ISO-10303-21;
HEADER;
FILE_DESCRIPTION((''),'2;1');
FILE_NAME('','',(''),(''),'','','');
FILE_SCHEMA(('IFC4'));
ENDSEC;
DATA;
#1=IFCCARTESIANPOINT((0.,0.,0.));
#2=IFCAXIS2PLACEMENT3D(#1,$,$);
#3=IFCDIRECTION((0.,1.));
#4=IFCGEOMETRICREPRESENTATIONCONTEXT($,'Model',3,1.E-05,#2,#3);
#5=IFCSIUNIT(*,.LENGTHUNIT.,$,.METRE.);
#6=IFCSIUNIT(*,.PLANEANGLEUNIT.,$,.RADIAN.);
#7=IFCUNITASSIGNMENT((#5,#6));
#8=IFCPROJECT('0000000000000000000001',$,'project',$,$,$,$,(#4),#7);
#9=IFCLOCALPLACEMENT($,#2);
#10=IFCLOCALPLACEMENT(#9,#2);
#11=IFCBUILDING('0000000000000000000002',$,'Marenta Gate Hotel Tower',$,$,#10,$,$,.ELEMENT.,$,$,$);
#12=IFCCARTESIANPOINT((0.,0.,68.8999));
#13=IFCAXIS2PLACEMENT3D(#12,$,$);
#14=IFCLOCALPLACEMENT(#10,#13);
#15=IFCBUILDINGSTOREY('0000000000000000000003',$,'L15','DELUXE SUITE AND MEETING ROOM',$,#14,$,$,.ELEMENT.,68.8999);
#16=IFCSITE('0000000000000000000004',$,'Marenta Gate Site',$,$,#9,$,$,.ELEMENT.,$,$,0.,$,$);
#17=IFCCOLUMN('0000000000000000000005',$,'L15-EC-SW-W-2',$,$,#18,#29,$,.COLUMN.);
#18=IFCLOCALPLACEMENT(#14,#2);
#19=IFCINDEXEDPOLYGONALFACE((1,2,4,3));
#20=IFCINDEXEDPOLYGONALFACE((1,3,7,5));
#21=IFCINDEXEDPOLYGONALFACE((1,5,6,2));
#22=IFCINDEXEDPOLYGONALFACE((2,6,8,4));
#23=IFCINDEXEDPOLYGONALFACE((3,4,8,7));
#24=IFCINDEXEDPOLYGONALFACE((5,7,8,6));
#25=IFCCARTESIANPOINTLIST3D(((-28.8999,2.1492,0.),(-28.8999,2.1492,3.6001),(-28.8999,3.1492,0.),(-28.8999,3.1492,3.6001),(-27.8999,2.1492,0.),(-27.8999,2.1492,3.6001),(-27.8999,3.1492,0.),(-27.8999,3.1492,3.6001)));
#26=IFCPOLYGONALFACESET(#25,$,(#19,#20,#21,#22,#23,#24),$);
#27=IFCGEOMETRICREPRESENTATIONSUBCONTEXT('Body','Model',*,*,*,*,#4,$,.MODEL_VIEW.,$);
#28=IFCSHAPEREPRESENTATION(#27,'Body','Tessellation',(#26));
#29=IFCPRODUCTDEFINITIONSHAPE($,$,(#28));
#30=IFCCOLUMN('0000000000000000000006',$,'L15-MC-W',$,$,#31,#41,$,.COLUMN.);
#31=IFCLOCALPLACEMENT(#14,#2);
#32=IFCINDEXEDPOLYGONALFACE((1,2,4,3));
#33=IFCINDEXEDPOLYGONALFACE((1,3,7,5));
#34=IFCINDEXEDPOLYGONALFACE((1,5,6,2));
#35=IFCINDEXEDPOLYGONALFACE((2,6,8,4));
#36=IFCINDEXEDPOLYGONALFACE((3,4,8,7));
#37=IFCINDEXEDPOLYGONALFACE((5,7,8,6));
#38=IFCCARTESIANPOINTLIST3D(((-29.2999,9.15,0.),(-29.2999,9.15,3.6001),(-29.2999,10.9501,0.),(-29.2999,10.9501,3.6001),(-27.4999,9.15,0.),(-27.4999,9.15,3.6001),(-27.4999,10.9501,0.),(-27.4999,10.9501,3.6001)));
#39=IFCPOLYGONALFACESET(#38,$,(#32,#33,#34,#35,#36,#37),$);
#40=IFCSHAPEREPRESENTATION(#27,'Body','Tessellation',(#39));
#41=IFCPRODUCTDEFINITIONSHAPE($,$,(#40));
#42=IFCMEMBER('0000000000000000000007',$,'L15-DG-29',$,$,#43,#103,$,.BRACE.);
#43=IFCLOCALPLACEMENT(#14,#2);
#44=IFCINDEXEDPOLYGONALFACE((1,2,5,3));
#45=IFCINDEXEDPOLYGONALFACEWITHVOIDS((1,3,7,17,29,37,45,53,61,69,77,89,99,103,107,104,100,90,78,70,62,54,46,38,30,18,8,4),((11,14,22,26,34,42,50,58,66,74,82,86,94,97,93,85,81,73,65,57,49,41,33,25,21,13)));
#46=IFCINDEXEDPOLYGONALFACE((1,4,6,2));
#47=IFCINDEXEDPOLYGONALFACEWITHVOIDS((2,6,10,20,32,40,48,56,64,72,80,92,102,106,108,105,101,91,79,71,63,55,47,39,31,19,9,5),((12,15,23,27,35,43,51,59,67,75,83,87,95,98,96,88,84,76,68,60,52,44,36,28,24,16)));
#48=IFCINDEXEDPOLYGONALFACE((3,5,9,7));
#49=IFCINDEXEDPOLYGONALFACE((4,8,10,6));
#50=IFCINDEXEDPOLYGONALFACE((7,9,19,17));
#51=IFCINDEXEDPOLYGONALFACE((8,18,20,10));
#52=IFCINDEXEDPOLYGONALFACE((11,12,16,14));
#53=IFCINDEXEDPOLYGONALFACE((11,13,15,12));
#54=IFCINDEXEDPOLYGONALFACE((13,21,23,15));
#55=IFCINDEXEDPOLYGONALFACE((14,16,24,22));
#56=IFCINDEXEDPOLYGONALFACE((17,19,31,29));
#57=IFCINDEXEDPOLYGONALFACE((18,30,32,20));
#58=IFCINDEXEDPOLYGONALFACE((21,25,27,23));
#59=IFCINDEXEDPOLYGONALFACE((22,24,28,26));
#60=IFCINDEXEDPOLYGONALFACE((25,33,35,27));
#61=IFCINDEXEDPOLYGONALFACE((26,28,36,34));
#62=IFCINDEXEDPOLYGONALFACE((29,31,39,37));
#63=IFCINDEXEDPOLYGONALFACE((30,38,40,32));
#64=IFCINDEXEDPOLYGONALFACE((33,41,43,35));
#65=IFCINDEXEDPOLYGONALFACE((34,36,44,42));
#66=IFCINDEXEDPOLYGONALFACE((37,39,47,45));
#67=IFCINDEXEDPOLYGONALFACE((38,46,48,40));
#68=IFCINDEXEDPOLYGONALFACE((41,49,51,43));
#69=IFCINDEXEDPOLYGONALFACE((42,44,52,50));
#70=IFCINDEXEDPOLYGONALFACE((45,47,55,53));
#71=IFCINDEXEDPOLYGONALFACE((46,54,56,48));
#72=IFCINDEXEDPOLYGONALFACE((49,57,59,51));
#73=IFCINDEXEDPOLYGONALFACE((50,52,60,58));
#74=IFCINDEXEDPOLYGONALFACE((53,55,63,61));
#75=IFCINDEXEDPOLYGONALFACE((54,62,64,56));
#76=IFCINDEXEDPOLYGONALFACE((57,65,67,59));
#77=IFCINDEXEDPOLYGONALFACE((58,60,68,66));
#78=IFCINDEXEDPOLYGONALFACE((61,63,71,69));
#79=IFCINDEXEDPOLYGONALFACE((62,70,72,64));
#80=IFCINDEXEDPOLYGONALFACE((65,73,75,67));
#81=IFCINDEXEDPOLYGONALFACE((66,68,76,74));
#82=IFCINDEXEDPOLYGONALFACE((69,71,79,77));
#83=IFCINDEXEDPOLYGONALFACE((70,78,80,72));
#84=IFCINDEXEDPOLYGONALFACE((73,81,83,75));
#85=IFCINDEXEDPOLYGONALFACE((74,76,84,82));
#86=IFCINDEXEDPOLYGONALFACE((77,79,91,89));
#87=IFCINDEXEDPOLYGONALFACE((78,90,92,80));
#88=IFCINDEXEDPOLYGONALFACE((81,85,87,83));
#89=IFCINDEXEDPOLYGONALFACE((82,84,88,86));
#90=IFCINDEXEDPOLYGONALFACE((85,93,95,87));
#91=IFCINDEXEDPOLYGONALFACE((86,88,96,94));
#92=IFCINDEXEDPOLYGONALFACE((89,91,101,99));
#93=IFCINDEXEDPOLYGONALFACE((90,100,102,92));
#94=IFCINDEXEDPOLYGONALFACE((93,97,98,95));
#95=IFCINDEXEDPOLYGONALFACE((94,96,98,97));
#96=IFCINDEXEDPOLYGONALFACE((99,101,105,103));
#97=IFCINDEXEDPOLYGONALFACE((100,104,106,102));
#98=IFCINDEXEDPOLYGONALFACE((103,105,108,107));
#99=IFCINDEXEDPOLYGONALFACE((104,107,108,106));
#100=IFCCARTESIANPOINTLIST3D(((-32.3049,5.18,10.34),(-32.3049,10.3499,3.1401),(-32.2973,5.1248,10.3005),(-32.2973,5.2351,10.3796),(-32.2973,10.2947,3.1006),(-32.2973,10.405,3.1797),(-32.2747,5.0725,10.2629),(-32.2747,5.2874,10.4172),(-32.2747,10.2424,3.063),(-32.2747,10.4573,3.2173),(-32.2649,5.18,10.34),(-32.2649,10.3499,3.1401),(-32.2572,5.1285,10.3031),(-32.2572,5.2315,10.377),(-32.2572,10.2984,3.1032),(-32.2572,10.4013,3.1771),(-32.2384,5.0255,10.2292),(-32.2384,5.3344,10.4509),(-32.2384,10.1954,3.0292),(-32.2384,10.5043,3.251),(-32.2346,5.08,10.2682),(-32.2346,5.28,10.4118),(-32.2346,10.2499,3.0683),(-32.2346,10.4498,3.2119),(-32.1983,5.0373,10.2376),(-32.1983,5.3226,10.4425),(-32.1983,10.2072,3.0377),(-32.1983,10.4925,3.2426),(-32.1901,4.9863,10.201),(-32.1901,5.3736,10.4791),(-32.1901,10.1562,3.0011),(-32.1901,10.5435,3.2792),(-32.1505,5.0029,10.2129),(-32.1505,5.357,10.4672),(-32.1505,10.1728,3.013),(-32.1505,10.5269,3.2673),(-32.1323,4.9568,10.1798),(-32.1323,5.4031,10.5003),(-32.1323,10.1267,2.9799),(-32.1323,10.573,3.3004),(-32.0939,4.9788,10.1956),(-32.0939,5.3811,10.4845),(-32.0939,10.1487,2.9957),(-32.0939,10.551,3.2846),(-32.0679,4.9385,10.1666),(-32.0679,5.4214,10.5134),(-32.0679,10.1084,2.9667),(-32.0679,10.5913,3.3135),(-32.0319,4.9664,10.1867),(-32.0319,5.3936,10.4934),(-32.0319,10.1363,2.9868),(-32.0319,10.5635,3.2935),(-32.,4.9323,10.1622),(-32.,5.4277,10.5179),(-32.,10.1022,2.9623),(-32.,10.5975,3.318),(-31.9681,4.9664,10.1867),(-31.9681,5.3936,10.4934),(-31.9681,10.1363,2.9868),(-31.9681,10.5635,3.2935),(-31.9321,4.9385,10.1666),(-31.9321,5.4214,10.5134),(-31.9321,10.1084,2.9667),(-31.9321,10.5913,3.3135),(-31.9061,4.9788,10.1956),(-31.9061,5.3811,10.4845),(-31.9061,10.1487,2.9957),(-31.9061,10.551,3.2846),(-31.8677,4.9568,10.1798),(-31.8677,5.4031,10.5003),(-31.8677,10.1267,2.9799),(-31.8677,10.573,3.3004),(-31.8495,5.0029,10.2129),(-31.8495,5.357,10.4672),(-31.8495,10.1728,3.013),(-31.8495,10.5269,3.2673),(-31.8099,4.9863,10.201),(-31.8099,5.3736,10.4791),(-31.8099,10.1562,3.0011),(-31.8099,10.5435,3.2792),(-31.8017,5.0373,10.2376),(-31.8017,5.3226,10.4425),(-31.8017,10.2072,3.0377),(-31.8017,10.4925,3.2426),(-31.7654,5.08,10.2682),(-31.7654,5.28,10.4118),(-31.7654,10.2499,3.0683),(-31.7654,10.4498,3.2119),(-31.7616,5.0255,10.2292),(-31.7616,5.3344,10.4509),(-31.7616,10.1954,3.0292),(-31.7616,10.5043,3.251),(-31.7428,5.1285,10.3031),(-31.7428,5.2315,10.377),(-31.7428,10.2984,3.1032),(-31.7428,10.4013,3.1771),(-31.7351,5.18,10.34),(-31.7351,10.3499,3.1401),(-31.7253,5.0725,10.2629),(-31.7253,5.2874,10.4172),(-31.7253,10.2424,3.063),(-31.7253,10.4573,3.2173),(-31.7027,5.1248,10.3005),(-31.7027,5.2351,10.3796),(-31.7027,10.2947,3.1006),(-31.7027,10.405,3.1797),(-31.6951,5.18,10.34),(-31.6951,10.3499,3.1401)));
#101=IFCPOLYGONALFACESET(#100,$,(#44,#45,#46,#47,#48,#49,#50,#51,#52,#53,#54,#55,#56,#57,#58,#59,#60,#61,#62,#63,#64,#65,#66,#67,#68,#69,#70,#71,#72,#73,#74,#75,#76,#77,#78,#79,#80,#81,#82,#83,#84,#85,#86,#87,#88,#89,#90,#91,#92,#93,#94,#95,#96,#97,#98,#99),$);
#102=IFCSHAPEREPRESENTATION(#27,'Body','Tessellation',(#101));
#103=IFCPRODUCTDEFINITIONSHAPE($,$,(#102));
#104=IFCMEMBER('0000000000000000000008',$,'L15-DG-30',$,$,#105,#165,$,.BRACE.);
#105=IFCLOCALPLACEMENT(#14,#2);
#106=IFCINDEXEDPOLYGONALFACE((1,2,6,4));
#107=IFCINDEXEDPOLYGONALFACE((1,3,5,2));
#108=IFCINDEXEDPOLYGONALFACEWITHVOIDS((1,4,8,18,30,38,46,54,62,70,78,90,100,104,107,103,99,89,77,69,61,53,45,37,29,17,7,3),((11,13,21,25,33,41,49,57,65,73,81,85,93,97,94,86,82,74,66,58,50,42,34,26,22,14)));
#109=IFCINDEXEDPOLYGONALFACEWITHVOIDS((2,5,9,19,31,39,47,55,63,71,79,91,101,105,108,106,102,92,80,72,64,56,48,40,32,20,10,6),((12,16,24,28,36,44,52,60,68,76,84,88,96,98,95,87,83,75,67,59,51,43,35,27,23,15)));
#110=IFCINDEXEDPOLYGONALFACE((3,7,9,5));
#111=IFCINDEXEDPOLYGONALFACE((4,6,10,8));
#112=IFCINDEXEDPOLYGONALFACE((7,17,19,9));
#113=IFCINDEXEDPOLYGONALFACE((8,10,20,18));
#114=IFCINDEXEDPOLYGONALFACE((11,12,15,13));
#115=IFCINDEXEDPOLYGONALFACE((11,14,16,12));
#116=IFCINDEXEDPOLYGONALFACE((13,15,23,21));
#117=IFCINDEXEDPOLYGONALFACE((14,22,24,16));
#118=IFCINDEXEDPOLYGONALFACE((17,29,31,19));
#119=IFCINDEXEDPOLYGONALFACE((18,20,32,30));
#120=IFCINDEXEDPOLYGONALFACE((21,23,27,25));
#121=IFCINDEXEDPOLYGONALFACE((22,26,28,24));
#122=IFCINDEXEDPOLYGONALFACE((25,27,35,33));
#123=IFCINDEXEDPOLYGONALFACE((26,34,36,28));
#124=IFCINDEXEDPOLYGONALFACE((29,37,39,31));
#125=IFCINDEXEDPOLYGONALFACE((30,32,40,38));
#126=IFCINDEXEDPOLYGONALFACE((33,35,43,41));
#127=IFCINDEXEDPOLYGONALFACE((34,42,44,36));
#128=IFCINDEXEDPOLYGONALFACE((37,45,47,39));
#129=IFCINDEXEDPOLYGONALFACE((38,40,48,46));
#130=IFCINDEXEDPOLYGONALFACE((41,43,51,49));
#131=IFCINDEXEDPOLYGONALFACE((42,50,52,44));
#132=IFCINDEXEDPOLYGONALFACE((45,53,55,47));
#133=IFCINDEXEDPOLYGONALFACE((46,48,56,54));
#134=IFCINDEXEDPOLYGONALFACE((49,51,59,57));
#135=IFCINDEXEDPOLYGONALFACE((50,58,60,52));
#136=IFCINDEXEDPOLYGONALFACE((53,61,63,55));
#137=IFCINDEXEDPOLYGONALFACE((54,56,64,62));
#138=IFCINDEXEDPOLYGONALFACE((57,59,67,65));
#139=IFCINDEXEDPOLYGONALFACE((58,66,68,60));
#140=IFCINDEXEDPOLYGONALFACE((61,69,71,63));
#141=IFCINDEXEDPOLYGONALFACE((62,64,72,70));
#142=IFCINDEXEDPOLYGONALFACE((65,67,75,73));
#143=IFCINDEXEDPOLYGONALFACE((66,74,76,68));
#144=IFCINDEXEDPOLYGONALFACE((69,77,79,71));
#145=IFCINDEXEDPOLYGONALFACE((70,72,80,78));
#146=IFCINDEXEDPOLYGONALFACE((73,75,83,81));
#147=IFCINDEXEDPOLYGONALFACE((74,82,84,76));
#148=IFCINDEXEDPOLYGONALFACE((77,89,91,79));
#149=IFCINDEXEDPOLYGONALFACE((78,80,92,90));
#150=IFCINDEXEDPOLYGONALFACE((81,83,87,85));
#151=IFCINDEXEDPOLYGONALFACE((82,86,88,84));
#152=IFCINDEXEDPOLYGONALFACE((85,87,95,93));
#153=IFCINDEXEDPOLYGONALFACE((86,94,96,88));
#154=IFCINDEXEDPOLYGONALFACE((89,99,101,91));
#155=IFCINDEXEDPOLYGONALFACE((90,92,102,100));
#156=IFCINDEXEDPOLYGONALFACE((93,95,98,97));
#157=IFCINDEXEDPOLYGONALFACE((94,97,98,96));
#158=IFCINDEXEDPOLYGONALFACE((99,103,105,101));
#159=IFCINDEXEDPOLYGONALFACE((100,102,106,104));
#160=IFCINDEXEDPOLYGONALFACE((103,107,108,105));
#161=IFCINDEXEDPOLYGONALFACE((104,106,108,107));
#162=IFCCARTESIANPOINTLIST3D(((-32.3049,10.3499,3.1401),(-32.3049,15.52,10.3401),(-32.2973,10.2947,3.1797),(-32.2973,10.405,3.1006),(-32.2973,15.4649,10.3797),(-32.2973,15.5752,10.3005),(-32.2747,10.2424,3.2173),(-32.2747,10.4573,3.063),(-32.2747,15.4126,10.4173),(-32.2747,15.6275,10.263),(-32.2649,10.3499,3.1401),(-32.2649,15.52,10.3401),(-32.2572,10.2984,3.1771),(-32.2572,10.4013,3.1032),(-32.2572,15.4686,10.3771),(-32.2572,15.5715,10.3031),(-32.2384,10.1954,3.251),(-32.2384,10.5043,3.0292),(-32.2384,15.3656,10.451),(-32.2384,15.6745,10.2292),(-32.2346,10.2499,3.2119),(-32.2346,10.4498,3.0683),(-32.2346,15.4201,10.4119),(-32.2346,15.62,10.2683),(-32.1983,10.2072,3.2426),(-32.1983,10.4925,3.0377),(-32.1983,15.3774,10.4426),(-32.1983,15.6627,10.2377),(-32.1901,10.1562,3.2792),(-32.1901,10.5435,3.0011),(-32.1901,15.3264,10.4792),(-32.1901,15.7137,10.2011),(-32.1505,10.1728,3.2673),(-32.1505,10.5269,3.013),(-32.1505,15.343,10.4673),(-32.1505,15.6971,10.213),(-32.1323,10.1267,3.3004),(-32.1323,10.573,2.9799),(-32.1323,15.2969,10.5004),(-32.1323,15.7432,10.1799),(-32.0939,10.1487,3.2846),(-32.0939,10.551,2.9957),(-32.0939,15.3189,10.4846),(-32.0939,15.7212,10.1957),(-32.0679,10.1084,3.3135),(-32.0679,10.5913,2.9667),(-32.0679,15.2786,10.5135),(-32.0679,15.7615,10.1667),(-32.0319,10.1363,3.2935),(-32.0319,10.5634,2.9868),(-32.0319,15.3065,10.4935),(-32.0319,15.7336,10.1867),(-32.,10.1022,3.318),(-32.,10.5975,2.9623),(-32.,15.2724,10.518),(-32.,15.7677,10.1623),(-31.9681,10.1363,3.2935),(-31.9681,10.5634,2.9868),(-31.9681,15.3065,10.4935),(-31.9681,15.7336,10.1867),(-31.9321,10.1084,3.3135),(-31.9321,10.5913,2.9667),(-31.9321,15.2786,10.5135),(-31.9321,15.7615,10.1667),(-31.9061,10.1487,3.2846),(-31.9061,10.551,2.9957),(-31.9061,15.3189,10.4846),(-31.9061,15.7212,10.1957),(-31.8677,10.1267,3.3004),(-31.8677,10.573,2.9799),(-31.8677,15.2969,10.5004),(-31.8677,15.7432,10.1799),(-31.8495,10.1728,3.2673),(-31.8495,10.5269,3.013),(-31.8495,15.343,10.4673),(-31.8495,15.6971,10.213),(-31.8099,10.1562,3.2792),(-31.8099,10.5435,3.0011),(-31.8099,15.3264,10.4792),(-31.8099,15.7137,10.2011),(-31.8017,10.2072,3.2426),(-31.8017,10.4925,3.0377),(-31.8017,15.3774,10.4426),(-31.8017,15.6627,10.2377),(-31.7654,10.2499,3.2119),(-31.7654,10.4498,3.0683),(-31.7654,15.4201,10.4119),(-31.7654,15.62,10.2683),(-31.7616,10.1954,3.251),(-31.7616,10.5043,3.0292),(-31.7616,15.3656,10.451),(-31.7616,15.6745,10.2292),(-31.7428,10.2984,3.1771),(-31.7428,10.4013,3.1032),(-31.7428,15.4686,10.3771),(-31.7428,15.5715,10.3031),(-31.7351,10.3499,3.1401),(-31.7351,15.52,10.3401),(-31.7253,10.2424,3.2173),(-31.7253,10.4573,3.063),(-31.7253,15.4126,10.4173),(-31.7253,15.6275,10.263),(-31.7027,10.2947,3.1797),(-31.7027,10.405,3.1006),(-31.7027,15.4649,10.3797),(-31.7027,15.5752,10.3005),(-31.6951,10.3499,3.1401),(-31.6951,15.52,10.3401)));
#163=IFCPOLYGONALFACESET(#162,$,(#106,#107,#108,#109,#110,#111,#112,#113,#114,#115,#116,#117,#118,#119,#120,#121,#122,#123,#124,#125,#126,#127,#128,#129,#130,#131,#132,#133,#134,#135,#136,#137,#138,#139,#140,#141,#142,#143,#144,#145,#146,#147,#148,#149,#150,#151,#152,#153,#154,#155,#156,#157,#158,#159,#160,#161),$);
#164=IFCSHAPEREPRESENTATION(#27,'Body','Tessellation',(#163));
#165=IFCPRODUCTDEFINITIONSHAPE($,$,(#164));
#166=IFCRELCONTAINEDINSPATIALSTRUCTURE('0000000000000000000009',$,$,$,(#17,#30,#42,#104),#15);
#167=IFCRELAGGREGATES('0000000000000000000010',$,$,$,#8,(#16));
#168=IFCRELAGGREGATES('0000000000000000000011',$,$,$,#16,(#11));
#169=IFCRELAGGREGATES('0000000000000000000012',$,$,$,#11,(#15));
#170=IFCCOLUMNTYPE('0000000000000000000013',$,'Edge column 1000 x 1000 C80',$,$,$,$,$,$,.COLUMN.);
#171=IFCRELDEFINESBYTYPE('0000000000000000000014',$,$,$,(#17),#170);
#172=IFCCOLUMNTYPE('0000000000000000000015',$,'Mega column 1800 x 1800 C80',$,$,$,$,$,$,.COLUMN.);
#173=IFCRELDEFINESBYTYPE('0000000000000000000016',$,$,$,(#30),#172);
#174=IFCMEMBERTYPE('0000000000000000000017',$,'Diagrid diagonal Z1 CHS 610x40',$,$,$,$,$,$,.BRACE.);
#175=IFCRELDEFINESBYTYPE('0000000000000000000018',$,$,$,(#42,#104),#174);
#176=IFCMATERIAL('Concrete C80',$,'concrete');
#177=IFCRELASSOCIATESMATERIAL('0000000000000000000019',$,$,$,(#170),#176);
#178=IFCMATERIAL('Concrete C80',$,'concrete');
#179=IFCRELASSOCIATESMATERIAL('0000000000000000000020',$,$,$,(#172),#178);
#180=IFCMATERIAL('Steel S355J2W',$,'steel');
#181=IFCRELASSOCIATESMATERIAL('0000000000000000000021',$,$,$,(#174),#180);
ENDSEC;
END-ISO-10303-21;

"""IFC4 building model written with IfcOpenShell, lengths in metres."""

from ifc_helpers import new_model, si_unit, direction, frame, origin, origin_2d, place, context, subcontext, project, spatial, rectangle, hollow_circle, extrude, material, material_profile, profile_set, type_object, element, save


model = new_model("IFC4")

# Units and contexts
model_context = context("Model", 3, precision=1e-05, world=origin(), true_north=direction((0.0, 1.0)))
body_context = subcontext(model_context, "Body", "Model", "MODEL_VIEW")
ifc_project = project(units=[si_unit("LENGTHUNIT", "METRE"), si_unit("PLANEANGLEUNIT", "RADIAN")], contexts=[model_context])

# Site, building, storey
site_placement = place(None, origin())
site = spatial("IfcSite", under=ifc_project, at=site_placement, Name="Marenta Gate Site", CompositionType="ELEMENT", RefElevation=0.0)
building_placement = place(site_placement, origin())
building = spatial("IfcBuilding", under=site, at=building_placement, Name="Marenta Gate Hotel Tower", CompositionType="ELEMENT")
storey_placement = place(building_placement, frame((0.0, 0.0, 68.8999)))
storey = spatial("IfcBuildingStorey", under=building, at=storey_placement, Name="L15", Description="DELUXE SUITE AND MEETING ROOM", CompositionType="ELEMENT", Elevation=68.8999)

# Columns
ifc_material_1 = material(Name="Concrete C80", Category="concrete")
ifc_material_profile_1 = material_profile(ifc_material_1, rectangle(XDim=1.0, YDim=1.0, at=origin_2d()), Name="1000 x 1000")
ifc_profile_set_1 = profile_set([ifc_material_profile_1], Name="Concrete C80")
column_type_1 = type_object("IfcColumnType", Name="Edge column 1000 x 1000 C80", PredefinedType="COLUMN", material=ifc_profile_set_1)
column_1_placement = place(storey_placement, frame((-28.3999, 2.6492, 0.0), z_axis=(0.0, 0.0, 1.0), x_axis=(1.0, 0.0, 0.0)))
element("IfcColumn", 1, at=column_1_placement, inside=storey, type_object=column_type_1, Name="L15-EC-SW-W-2", PredefinedType="COLUMN", context=body_context, shape_type="SweptSolid", body=[
    extrude(rectangle(XDim=1.0, YDim=1.0, at=origin_2d()), origin(), (0.0, 0.0, 1.0), 3.6001),
])
ifc_material_2 = material(Name="Concrete C80", Category="concrete")
ifc_material_profile_2 = material_profile(ifc_material_2, rectangle(XDim=1.8, YDim=1.8, at=origin_2d()), Name="1800 x 1800")
ifc_profile_set_2 = profile_set([ifc_material_profile_2], Name="Concrete C80")
column_type_2 = type_object("IfcColumnType", Name="Mega column 1800 x 1800 C80", PredefinedType="COLUMN", material=ifc_profile_set_2)
column_2_placement = place(storey_placement, frame((-28.3999, 10.05, 0.0), z_axis=(0.0, 0.0, 1.0), x_axis=(1.0, 0.0, 0.0)))
element("IfcColumn", 2, at=column_2_placement, inside=storey, type_object=column_type_2, Name="L15-MC-W", PredefinedType="COLUMN", context=body_context, shape_type="SweptSolid", body=[
    extrude(rectangle(XDim=1.8, YDim=1.8, at=origin_2d()), origin(), (0.0, 0.0, 1.0), 3.6001),
])

# Members
ifc_material_3 = material(Name="Steel S355J2W", Category="steel")
ifc_material_profile_3 = material_profile(ifc_material_3, hollow_circle(Radius=0.3049, WallThickness=0.04, at=origin_2d()), Name="CHS 610x40")
ifc_profile_set_3 = profile_set([ifc_material_profile_3], Name="Steel S355J2W")
member_type_1 = type_object("IfcMemberType", Name="Diagrid diagonal Z1 CHS 610x40", PredefinedType="BRACE", material=ifc_profile_set_3)
member_1_placement = place(storey_placement, frame((-32.0, 10.3499, 3.1401), z_axis=(0.0, -0.583261, 0.812285), x_axis=(1.0, 0.0, 0.0)))
element("IfcMember", 3, at=member_1_placement, inside=storey, type_object=member_type_1, Name="L15-DG-29", PredefinedType="BRACE", context=body_context, shape_type="SweptSolid", body=[
    extrude(hollow_circle(Radius=0.3049, WallThickness=0.04, at=origin_2d()), origin(), (0.0, 0.0, 1.0), 8.8638),
])
member_2_placement = place(storey_placement, frame((-32.0, 10.3499, 3.1401), z_axis=(0.0, 0.583279, 0.812272), x_axis=(-1.0, 0.0, 0.0)))
element("IfcMember", 4, at=member_2_placement, inside=storey, type_object=member_type_1, Name="L15-DG-30", PredefinedType="BRACE", context=body_context, shape_type="SweptSolid", body=[
    extrude(hollow_circle(Radius=0.3049, WallThickness=0.04, at=origin_2d()), origin(), (0.0, 0.0, 1.0), 8.864),
])

save(model, "model.ifc")
